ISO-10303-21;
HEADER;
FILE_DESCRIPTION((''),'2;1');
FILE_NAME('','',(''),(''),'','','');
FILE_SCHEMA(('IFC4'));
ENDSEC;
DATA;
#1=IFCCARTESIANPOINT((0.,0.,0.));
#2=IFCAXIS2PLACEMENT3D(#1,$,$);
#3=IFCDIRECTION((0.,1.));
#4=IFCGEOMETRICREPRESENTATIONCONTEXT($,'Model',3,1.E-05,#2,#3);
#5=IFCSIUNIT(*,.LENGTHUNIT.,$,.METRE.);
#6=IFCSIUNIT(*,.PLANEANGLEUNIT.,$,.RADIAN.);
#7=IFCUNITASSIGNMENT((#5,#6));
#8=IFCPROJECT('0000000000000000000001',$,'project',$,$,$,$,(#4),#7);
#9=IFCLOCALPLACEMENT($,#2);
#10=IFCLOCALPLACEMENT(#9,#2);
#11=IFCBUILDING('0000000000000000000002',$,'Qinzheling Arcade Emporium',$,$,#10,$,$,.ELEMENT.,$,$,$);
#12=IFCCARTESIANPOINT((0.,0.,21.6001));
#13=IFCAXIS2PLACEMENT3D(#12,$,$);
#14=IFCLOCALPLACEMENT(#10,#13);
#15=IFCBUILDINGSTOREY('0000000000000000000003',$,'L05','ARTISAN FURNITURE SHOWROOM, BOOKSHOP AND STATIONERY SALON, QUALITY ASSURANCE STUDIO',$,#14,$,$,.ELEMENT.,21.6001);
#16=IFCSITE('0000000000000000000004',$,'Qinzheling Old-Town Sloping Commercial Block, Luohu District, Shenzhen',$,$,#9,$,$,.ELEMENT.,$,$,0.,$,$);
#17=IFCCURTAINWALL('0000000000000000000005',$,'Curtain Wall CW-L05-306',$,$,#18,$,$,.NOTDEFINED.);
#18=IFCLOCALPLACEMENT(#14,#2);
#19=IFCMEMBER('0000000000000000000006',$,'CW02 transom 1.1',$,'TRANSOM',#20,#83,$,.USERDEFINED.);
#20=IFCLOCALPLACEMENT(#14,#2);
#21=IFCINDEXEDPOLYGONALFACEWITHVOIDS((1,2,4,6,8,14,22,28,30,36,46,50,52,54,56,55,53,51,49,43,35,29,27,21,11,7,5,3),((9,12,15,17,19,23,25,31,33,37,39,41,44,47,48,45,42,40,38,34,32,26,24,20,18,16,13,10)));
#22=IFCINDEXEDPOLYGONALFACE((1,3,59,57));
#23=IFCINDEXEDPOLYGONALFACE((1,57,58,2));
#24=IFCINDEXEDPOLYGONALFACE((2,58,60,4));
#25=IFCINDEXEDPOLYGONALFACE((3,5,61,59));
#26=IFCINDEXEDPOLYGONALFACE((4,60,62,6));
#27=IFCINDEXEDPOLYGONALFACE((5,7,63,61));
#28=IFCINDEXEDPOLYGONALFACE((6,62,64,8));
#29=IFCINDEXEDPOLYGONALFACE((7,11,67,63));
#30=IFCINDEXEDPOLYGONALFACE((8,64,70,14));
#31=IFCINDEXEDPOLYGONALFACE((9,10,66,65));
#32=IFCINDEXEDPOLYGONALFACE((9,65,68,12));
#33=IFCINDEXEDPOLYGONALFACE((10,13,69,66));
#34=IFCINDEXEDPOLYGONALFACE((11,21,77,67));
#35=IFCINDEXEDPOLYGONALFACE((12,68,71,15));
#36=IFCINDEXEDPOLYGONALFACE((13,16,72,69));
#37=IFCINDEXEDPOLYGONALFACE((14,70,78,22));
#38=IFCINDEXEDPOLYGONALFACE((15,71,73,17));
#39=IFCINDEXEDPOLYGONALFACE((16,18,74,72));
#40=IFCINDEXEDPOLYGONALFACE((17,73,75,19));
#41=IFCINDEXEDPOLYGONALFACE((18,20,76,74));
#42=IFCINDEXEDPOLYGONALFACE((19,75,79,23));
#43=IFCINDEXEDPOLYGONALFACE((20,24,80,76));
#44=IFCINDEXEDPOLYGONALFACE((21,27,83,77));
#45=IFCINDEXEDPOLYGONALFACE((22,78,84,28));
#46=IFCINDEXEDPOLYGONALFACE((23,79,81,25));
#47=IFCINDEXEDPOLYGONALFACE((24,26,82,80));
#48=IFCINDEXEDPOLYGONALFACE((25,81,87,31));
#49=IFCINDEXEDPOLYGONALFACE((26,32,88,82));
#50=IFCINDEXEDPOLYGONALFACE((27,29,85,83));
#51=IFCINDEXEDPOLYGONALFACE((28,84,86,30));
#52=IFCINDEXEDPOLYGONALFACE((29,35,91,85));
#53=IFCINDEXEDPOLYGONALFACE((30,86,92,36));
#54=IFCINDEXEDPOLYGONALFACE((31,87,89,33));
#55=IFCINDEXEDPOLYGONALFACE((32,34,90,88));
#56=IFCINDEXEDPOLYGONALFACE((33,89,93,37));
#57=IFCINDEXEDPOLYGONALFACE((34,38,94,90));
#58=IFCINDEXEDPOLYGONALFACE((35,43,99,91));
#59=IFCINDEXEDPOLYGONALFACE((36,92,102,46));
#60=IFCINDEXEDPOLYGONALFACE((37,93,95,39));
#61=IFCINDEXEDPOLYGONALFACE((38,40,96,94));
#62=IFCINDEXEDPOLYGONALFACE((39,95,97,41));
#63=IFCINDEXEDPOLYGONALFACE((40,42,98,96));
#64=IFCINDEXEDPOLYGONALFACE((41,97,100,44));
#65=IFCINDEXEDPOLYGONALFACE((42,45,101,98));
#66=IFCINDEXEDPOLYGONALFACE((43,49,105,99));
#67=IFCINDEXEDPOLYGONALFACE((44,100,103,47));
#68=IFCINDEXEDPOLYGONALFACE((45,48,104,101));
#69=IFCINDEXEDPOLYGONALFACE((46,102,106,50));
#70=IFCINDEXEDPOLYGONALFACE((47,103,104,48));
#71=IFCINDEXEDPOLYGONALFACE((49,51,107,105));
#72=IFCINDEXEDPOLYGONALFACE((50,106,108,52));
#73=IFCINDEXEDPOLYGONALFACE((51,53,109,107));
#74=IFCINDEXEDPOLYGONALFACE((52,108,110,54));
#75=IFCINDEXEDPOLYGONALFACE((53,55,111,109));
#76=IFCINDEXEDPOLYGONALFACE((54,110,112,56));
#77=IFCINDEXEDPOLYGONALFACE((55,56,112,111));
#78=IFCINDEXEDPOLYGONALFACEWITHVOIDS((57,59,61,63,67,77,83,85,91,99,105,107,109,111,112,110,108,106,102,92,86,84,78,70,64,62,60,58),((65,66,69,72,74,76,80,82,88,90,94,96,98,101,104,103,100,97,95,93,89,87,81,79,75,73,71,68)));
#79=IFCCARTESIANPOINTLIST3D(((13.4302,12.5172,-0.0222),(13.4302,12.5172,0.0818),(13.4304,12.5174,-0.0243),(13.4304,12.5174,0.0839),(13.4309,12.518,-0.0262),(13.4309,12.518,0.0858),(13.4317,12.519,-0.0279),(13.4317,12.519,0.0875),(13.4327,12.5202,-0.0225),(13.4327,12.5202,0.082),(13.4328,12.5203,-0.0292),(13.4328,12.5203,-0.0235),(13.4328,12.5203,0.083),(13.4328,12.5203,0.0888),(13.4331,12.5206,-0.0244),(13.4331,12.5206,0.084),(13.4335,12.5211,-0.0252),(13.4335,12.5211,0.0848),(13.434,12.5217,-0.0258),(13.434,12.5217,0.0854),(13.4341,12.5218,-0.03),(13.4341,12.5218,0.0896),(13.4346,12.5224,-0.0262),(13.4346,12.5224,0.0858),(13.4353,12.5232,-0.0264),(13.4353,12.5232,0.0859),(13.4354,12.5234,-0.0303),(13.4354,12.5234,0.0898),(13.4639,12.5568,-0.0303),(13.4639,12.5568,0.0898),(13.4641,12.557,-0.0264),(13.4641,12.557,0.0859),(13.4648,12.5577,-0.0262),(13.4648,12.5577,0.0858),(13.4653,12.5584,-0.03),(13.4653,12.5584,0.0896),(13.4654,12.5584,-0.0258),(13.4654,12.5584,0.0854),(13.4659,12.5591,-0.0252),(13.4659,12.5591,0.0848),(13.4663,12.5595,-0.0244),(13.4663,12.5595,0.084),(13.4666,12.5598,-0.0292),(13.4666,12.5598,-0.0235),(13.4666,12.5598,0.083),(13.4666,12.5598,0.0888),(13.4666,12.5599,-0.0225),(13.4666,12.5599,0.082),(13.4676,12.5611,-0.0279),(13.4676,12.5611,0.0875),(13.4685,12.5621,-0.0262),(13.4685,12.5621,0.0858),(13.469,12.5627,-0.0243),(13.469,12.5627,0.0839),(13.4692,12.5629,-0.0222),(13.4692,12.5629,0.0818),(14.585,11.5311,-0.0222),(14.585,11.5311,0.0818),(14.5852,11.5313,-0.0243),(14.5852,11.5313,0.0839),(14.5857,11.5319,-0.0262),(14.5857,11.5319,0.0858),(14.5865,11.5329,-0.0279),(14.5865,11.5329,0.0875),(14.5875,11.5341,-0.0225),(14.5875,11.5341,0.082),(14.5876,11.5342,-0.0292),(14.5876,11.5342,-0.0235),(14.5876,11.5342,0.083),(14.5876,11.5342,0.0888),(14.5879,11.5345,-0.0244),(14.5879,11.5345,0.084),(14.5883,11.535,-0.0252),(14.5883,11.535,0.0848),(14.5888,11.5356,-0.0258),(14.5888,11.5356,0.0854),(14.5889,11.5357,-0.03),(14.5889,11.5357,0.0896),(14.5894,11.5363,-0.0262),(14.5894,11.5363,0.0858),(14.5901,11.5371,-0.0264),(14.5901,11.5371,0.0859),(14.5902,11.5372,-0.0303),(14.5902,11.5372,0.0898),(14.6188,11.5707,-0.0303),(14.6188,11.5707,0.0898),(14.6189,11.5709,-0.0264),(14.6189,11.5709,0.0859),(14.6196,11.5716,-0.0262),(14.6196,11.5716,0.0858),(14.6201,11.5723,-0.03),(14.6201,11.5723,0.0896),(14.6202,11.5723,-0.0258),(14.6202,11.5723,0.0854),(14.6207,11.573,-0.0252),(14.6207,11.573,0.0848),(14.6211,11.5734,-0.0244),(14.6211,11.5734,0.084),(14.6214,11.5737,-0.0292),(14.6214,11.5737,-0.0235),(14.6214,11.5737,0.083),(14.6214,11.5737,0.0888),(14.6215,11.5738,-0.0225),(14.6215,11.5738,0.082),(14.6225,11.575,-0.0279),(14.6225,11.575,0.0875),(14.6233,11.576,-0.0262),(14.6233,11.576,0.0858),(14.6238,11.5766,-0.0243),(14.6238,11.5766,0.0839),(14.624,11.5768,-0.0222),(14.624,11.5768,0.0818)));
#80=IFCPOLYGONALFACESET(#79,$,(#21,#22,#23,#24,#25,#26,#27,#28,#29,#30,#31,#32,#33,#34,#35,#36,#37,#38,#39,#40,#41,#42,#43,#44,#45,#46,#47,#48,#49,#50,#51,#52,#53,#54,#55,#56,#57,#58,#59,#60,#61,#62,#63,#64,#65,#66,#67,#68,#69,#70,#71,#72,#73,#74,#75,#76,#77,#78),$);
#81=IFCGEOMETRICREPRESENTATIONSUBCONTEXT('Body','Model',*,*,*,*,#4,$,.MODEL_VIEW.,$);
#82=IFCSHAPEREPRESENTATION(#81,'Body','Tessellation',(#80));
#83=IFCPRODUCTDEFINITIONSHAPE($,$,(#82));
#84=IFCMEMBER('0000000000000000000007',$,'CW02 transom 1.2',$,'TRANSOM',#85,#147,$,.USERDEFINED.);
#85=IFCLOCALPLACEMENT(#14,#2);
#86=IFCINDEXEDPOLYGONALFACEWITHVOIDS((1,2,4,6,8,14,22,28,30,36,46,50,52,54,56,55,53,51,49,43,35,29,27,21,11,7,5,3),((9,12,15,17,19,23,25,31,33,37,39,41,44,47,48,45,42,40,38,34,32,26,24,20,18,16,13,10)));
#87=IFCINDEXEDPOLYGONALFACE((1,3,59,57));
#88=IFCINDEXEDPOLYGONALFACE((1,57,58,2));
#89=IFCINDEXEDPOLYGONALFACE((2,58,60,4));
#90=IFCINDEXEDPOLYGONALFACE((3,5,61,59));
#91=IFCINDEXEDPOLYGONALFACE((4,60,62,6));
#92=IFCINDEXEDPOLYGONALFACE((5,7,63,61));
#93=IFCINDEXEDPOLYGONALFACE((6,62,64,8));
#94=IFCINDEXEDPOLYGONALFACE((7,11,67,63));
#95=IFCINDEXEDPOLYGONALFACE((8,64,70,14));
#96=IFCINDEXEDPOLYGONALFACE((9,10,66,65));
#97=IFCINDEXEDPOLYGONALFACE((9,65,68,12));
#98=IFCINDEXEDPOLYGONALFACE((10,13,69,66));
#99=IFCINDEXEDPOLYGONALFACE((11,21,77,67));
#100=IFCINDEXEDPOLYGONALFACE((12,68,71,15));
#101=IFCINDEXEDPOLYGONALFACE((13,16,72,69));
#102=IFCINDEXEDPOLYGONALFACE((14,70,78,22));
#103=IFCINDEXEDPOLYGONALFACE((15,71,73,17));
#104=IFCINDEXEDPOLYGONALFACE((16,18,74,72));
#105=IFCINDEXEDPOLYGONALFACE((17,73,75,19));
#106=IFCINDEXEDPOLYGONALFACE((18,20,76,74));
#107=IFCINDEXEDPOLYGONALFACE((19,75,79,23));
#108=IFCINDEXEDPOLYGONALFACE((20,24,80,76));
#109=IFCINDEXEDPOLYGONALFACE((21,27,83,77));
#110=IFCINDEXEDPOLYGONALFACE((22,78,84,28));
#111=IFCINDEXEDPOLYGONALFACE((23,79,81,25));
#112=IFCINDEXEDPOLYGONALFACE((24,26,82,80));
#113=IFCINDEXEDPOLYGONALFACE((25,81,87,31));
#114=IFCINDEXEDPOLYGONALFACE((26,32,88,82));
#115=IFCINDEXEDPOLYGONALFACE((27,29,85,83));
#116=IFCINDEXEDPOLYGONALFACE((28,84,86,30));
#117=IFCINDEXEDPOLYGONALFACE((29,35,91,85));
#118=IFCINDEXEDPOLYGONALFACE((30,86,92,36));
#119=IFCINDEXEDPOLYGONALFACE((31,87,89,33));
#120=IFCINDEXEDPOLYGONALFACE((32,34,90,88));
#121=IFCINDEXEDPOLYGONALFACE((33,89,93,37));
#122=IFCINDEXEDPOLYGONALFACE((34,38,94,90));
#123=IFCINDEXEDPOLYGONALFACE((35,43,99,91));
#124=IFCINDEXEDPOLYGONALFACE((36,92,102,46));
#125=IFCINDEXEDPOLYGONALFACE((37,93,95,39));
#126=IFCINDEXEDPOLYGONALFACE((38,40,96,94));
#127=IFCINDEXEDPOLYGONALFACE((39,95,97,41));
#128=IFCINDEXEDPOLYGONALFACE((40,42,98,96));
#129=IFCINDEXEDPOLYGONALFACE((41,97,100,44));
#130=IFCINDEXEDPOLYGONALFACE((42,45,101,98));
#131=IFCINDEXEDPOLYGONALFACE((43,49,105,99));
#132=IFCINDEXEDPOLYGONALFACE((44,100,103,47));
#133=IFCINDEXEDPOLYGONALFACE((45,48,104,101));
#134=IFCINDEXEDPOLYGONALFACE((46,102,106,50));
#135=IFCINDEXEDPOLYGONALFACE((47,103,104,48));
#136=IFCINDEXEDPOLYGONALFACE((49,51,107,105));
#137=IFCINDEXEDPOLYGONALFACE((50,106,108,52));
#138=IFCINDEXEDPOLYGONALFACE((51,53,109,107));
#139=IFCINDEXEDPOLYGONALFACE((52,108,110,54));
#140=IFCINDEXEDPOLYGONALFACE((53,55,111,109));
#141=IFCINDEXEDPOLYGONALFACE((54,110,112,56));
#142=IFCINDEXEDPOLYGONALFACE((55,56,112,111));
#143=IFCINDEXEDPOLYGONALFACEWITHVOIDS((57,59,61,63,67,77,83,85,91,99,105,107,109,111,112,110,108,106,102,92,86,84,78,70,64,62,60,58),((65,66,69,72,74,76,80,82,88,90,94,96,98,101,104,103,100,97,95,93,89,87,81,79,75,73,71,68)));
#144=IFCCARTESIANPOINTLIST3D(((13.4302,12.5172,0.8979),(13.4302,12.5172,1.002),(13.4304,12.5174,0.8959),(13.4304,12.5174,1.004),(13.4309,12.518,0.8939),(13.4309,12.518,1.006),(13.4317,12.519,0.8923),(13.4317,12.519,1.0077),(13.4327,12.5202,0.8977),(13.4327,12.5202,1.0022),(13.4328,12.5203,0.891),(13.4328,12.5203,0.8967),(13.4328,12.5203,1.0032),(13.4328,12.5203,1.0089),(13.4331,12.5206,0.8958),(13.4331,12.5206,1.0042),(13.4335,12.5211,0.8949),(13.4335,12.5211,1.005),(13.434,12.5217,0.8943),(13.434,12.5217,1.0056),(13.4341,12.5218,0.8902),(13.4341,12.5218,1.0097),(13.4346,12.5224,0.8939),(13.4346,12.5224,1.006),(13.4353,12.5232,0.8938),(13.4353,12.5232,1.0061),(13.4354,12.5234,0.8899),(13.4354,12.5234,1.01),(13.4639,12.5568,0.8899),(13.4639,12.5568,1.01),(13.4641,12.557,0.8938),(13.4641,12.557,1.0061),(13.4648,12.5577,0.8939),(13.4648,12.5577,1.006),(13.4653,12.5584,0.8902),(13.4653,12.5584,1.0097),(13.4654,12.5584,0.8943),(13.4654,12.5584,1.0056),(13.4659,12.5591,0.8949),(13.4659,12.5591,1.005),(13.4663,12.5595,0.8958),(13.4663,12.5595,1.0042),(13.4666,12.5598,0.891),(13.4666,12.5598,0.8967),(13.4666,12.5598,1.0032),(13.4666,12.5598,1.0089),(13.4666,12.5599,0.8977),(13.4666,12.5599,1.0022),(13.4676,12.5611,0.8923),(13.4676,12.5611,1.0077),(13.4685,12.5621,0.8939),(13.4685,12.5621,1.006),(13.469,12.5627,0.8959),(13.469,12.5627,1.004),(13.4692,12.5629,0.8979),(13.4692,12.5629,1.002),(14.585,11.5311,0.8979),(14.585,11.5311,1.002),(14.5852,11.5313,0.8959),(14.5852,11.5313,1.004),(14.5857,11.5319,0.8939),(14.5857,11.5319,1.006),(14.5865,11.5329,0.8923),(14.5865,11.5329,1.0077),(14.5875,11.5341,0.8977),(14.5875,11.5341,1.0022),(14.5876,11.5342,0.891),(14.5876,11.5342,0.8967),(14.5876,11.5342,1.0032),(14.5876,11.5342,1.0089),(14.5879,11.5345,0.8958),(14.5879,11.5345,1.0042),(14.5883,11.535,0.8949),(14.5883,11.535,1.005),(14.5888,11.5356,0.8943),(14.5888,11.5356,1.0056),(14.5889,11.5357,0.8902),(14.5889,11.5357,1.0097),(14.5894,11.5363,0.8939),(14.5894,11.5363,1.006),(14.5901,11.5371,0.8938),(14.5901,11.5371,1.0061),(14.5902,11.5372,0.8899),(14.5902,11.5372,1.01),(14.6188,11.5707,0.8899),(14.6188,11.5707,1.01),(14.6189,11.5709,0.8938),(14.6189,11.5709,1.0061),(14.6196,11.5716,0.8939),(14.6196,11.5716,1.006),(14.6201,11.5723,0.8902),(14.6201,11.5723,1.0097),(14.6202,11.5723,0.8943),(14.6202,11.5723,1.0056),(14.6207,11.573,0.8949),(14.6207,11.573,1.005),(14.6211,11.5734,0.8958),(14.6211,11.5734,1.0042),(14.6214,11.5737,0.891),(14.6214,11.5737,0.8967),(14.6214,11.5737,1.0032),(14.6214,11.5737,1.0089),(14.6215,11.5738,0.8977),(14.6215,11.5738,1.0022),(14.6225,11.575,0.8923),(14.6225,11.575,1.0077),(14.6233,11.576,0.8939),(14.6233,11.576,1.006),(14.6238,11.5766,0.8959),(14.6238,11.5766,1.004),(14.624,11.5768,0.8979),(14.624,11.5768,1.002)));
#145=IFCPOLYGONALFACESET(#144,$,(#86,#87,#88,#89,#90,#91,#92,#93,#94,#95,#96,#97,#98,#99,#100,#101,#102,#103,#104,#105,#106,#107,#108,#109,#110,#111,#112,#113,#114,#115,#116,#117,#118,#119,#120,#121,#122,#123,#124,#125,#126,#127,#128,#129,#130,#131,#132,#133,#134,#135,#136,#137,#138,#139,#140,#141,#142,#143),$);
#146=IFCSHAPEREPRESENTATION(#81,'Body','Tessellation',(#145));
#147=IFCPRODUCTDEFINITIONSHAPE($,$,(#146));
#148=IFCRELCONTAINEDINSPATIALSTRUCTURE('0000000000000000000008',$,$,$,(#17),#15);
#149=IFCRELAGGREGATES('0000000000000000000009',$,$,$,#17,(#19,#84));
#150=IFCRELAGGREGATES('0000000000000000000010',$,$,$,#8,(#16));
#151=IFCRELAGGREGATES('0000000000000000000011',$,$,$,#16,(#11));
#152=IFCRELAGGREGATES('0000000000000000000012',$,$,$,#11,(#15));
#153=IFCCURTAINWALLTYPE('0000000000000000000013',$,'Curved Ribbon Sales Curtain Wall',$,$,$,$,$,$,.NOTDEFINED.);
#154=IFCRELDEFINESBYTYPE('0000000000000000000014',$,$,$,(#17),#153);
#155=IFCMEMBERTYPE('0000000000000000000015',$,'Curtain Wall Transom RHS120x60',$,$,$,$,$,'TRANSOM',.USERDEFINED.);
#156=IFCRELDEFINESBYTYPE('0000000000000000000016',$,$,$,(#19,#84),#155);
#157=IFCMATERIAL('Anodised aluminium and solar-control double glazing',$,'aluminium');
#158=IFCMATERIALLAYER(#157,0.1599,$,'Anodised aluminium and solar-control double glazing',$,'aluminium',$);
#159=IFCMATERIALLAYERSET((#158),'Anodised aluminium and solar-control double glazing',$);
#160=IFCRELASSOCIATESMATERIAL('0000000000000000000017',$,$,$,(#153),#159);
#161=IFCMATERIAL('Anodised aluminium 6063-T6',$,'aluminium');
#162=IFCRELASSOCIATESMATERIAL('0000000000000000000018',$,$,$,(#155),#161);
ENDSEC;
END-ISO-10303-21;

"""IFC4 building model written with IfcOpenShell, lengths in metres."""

from ifc_helpers import new_model, si_unit, direction, frame, origin, origin_2d, place, context, subcontext, project, spatial, hollow_rectangle, extrude, material, layer, layer_set, material_profile, profile_set, type_object, element, aggregate, save


model = new_model("IFC4")

# Units and contexts
model_context = context("Model", 3, precision=1e-05, world=origin(), true_north=direction((0.0, 1.0)))
body_context = subcontext(model_context, "Body", "Model", "MODEL_VIEW")
ifc_project = project(units=[si_unit("LENGTHUNIT", "METRE"), si_unit("PLANEANGLEUNIT", "RADIAN")], contexts=[model_context])

# Site, building, storey
site_placement = place(None, origin())
site = spatial("IfcSite", under=ifc_project, at=site_placement, Name="Qinzheling Old-Town Sloping Commercial Block, Luohu District, Shenzhen", CompositionType="ELEMENT", RefElevation=0.0)
building_placement = place(site_placement, origin())
building = spatial("IfcBuilding", under=site, at=building_placement, Name="Qinzheling Arcade Emporium", CompositionType="ELEMENT")
storey_placement = place(building_placement, frame((0.0, 0.0, 21.6001)))
storey = spatial("IfcBuildingStorey", under=building, at=storey_placement, Name="L05", Description="ARTISAN FURNITURE SHOWROOM, BOOKSHOP AND STATIONERY SALON, QUALITY ASSURANCE STUDIO", CompositionType="ELEMENT", Elevation=21.6001)

# Shared definitions
ifc_material_1 = material(Name="Anodised aluminium and solar-control double glazing", Category="aluminium")
ifc_layer_1 = layer(ifc_material_1, 0.1599, Name="Anodised aluminium and solar-control double glazing", Category="aluminium")
ifc_layer_set_1 = layer_set([ifc_layer_1], Name="Anodised aluminium and solar-control double glazing")
curtain_wall_type = type_object("IfcCurtainWallType", Name="Curved Ribbon Sales Curtain Wall", PredefinedType="NOTDEFINED", material=ifc_layer_set_1)
ifc_material_2 = material(Name="Anodised aluminium 6063-T6", Category="aluminium")

# Curtain wall
curtain_wall_1_placement = place(storey_placement, origin())
curtain_wall_1 = element("IfcCurtainWall", 1, at=curtain_wall_1_placement, inside=storey, type_object=curtain_wall_type, Name="Curtain Wall CW-L05-306", PredefinedType="NOTDEFINED")

# Members
ifc_material_profile_1 = material_profile(ifc_material_2, hollow_rectangle(XDim=0.0601, YDim=0.1201, WallThickness=0.0039, InnerFilletRadius=0.0039, OuterFilletRadius=0.0081, at=origin_2d()), Name="RHS 120x60x4", Category="aluminium")
ifc_profile_set_1 = profile_set([ifc_material_profile_1], Name="Anodised aluminium 6063-T6")
member_type_1 = type_object("IfcMemberType", Name="Curtain Wall Transom RHS120x60", ElementType="TRANSOM", PredefinedType="USERDEFINED", material=ifc_profile_set_1)
member_1_placement = place(storey_placement, frame((14.6045, 11.554, 0.0298), z_axis=(-0.76047, 0.649374, 0.0), x_axis=(-0.649374, -0.76047, 0.0)))
member_1 = element("IfcMember", 2, at=member_1_placement, type_object=member_type_1, Name="CW02 transom 1.1", ObjectType="TRANSOM", PredefinedType="USERDEFINED", context=body_context, shape_type="SweptSolid", body=[
    extrude(hollow_rectangle(XDim=0.0601, YDim=0.1201, WallThickness=0.0039, InnerFilletRadius=0.0039, OuterFilletRadius=0.0081, at=origin_2d()), origin(), (0.0, 0.0, 1.0), 1.5186),
])
member_2_placement = place(storey_placement, frame((14.6045, 11.554, 0.95), z_axis=(-0.76047, 0.649374, 0.0), x_axis=(-0.649374, -0.76047, 0.0)))
member_2 = element("IfcMember", 3, at=member_2_placement, type_object=member_type_1, Name="CW02 transom 1.2", ObjectType="TRANSOM", PredefinedType="USERDEFINED", context=body_context, shape_type="SweptSolid", body=[
    extrude(hollow_rectangle(XDim=0.0601, YDim=0.1201, WallThickness=0.0039, InnerFilletRadius=0.0039, OuterFilletRadius=0.0081, at=origin_2d()), origin(), (0.0, 0.0, 1.0), 1.5186),
])

aggregate(curtain_wall_1, [member_1, member_2])

save(model, "model.ifc")
